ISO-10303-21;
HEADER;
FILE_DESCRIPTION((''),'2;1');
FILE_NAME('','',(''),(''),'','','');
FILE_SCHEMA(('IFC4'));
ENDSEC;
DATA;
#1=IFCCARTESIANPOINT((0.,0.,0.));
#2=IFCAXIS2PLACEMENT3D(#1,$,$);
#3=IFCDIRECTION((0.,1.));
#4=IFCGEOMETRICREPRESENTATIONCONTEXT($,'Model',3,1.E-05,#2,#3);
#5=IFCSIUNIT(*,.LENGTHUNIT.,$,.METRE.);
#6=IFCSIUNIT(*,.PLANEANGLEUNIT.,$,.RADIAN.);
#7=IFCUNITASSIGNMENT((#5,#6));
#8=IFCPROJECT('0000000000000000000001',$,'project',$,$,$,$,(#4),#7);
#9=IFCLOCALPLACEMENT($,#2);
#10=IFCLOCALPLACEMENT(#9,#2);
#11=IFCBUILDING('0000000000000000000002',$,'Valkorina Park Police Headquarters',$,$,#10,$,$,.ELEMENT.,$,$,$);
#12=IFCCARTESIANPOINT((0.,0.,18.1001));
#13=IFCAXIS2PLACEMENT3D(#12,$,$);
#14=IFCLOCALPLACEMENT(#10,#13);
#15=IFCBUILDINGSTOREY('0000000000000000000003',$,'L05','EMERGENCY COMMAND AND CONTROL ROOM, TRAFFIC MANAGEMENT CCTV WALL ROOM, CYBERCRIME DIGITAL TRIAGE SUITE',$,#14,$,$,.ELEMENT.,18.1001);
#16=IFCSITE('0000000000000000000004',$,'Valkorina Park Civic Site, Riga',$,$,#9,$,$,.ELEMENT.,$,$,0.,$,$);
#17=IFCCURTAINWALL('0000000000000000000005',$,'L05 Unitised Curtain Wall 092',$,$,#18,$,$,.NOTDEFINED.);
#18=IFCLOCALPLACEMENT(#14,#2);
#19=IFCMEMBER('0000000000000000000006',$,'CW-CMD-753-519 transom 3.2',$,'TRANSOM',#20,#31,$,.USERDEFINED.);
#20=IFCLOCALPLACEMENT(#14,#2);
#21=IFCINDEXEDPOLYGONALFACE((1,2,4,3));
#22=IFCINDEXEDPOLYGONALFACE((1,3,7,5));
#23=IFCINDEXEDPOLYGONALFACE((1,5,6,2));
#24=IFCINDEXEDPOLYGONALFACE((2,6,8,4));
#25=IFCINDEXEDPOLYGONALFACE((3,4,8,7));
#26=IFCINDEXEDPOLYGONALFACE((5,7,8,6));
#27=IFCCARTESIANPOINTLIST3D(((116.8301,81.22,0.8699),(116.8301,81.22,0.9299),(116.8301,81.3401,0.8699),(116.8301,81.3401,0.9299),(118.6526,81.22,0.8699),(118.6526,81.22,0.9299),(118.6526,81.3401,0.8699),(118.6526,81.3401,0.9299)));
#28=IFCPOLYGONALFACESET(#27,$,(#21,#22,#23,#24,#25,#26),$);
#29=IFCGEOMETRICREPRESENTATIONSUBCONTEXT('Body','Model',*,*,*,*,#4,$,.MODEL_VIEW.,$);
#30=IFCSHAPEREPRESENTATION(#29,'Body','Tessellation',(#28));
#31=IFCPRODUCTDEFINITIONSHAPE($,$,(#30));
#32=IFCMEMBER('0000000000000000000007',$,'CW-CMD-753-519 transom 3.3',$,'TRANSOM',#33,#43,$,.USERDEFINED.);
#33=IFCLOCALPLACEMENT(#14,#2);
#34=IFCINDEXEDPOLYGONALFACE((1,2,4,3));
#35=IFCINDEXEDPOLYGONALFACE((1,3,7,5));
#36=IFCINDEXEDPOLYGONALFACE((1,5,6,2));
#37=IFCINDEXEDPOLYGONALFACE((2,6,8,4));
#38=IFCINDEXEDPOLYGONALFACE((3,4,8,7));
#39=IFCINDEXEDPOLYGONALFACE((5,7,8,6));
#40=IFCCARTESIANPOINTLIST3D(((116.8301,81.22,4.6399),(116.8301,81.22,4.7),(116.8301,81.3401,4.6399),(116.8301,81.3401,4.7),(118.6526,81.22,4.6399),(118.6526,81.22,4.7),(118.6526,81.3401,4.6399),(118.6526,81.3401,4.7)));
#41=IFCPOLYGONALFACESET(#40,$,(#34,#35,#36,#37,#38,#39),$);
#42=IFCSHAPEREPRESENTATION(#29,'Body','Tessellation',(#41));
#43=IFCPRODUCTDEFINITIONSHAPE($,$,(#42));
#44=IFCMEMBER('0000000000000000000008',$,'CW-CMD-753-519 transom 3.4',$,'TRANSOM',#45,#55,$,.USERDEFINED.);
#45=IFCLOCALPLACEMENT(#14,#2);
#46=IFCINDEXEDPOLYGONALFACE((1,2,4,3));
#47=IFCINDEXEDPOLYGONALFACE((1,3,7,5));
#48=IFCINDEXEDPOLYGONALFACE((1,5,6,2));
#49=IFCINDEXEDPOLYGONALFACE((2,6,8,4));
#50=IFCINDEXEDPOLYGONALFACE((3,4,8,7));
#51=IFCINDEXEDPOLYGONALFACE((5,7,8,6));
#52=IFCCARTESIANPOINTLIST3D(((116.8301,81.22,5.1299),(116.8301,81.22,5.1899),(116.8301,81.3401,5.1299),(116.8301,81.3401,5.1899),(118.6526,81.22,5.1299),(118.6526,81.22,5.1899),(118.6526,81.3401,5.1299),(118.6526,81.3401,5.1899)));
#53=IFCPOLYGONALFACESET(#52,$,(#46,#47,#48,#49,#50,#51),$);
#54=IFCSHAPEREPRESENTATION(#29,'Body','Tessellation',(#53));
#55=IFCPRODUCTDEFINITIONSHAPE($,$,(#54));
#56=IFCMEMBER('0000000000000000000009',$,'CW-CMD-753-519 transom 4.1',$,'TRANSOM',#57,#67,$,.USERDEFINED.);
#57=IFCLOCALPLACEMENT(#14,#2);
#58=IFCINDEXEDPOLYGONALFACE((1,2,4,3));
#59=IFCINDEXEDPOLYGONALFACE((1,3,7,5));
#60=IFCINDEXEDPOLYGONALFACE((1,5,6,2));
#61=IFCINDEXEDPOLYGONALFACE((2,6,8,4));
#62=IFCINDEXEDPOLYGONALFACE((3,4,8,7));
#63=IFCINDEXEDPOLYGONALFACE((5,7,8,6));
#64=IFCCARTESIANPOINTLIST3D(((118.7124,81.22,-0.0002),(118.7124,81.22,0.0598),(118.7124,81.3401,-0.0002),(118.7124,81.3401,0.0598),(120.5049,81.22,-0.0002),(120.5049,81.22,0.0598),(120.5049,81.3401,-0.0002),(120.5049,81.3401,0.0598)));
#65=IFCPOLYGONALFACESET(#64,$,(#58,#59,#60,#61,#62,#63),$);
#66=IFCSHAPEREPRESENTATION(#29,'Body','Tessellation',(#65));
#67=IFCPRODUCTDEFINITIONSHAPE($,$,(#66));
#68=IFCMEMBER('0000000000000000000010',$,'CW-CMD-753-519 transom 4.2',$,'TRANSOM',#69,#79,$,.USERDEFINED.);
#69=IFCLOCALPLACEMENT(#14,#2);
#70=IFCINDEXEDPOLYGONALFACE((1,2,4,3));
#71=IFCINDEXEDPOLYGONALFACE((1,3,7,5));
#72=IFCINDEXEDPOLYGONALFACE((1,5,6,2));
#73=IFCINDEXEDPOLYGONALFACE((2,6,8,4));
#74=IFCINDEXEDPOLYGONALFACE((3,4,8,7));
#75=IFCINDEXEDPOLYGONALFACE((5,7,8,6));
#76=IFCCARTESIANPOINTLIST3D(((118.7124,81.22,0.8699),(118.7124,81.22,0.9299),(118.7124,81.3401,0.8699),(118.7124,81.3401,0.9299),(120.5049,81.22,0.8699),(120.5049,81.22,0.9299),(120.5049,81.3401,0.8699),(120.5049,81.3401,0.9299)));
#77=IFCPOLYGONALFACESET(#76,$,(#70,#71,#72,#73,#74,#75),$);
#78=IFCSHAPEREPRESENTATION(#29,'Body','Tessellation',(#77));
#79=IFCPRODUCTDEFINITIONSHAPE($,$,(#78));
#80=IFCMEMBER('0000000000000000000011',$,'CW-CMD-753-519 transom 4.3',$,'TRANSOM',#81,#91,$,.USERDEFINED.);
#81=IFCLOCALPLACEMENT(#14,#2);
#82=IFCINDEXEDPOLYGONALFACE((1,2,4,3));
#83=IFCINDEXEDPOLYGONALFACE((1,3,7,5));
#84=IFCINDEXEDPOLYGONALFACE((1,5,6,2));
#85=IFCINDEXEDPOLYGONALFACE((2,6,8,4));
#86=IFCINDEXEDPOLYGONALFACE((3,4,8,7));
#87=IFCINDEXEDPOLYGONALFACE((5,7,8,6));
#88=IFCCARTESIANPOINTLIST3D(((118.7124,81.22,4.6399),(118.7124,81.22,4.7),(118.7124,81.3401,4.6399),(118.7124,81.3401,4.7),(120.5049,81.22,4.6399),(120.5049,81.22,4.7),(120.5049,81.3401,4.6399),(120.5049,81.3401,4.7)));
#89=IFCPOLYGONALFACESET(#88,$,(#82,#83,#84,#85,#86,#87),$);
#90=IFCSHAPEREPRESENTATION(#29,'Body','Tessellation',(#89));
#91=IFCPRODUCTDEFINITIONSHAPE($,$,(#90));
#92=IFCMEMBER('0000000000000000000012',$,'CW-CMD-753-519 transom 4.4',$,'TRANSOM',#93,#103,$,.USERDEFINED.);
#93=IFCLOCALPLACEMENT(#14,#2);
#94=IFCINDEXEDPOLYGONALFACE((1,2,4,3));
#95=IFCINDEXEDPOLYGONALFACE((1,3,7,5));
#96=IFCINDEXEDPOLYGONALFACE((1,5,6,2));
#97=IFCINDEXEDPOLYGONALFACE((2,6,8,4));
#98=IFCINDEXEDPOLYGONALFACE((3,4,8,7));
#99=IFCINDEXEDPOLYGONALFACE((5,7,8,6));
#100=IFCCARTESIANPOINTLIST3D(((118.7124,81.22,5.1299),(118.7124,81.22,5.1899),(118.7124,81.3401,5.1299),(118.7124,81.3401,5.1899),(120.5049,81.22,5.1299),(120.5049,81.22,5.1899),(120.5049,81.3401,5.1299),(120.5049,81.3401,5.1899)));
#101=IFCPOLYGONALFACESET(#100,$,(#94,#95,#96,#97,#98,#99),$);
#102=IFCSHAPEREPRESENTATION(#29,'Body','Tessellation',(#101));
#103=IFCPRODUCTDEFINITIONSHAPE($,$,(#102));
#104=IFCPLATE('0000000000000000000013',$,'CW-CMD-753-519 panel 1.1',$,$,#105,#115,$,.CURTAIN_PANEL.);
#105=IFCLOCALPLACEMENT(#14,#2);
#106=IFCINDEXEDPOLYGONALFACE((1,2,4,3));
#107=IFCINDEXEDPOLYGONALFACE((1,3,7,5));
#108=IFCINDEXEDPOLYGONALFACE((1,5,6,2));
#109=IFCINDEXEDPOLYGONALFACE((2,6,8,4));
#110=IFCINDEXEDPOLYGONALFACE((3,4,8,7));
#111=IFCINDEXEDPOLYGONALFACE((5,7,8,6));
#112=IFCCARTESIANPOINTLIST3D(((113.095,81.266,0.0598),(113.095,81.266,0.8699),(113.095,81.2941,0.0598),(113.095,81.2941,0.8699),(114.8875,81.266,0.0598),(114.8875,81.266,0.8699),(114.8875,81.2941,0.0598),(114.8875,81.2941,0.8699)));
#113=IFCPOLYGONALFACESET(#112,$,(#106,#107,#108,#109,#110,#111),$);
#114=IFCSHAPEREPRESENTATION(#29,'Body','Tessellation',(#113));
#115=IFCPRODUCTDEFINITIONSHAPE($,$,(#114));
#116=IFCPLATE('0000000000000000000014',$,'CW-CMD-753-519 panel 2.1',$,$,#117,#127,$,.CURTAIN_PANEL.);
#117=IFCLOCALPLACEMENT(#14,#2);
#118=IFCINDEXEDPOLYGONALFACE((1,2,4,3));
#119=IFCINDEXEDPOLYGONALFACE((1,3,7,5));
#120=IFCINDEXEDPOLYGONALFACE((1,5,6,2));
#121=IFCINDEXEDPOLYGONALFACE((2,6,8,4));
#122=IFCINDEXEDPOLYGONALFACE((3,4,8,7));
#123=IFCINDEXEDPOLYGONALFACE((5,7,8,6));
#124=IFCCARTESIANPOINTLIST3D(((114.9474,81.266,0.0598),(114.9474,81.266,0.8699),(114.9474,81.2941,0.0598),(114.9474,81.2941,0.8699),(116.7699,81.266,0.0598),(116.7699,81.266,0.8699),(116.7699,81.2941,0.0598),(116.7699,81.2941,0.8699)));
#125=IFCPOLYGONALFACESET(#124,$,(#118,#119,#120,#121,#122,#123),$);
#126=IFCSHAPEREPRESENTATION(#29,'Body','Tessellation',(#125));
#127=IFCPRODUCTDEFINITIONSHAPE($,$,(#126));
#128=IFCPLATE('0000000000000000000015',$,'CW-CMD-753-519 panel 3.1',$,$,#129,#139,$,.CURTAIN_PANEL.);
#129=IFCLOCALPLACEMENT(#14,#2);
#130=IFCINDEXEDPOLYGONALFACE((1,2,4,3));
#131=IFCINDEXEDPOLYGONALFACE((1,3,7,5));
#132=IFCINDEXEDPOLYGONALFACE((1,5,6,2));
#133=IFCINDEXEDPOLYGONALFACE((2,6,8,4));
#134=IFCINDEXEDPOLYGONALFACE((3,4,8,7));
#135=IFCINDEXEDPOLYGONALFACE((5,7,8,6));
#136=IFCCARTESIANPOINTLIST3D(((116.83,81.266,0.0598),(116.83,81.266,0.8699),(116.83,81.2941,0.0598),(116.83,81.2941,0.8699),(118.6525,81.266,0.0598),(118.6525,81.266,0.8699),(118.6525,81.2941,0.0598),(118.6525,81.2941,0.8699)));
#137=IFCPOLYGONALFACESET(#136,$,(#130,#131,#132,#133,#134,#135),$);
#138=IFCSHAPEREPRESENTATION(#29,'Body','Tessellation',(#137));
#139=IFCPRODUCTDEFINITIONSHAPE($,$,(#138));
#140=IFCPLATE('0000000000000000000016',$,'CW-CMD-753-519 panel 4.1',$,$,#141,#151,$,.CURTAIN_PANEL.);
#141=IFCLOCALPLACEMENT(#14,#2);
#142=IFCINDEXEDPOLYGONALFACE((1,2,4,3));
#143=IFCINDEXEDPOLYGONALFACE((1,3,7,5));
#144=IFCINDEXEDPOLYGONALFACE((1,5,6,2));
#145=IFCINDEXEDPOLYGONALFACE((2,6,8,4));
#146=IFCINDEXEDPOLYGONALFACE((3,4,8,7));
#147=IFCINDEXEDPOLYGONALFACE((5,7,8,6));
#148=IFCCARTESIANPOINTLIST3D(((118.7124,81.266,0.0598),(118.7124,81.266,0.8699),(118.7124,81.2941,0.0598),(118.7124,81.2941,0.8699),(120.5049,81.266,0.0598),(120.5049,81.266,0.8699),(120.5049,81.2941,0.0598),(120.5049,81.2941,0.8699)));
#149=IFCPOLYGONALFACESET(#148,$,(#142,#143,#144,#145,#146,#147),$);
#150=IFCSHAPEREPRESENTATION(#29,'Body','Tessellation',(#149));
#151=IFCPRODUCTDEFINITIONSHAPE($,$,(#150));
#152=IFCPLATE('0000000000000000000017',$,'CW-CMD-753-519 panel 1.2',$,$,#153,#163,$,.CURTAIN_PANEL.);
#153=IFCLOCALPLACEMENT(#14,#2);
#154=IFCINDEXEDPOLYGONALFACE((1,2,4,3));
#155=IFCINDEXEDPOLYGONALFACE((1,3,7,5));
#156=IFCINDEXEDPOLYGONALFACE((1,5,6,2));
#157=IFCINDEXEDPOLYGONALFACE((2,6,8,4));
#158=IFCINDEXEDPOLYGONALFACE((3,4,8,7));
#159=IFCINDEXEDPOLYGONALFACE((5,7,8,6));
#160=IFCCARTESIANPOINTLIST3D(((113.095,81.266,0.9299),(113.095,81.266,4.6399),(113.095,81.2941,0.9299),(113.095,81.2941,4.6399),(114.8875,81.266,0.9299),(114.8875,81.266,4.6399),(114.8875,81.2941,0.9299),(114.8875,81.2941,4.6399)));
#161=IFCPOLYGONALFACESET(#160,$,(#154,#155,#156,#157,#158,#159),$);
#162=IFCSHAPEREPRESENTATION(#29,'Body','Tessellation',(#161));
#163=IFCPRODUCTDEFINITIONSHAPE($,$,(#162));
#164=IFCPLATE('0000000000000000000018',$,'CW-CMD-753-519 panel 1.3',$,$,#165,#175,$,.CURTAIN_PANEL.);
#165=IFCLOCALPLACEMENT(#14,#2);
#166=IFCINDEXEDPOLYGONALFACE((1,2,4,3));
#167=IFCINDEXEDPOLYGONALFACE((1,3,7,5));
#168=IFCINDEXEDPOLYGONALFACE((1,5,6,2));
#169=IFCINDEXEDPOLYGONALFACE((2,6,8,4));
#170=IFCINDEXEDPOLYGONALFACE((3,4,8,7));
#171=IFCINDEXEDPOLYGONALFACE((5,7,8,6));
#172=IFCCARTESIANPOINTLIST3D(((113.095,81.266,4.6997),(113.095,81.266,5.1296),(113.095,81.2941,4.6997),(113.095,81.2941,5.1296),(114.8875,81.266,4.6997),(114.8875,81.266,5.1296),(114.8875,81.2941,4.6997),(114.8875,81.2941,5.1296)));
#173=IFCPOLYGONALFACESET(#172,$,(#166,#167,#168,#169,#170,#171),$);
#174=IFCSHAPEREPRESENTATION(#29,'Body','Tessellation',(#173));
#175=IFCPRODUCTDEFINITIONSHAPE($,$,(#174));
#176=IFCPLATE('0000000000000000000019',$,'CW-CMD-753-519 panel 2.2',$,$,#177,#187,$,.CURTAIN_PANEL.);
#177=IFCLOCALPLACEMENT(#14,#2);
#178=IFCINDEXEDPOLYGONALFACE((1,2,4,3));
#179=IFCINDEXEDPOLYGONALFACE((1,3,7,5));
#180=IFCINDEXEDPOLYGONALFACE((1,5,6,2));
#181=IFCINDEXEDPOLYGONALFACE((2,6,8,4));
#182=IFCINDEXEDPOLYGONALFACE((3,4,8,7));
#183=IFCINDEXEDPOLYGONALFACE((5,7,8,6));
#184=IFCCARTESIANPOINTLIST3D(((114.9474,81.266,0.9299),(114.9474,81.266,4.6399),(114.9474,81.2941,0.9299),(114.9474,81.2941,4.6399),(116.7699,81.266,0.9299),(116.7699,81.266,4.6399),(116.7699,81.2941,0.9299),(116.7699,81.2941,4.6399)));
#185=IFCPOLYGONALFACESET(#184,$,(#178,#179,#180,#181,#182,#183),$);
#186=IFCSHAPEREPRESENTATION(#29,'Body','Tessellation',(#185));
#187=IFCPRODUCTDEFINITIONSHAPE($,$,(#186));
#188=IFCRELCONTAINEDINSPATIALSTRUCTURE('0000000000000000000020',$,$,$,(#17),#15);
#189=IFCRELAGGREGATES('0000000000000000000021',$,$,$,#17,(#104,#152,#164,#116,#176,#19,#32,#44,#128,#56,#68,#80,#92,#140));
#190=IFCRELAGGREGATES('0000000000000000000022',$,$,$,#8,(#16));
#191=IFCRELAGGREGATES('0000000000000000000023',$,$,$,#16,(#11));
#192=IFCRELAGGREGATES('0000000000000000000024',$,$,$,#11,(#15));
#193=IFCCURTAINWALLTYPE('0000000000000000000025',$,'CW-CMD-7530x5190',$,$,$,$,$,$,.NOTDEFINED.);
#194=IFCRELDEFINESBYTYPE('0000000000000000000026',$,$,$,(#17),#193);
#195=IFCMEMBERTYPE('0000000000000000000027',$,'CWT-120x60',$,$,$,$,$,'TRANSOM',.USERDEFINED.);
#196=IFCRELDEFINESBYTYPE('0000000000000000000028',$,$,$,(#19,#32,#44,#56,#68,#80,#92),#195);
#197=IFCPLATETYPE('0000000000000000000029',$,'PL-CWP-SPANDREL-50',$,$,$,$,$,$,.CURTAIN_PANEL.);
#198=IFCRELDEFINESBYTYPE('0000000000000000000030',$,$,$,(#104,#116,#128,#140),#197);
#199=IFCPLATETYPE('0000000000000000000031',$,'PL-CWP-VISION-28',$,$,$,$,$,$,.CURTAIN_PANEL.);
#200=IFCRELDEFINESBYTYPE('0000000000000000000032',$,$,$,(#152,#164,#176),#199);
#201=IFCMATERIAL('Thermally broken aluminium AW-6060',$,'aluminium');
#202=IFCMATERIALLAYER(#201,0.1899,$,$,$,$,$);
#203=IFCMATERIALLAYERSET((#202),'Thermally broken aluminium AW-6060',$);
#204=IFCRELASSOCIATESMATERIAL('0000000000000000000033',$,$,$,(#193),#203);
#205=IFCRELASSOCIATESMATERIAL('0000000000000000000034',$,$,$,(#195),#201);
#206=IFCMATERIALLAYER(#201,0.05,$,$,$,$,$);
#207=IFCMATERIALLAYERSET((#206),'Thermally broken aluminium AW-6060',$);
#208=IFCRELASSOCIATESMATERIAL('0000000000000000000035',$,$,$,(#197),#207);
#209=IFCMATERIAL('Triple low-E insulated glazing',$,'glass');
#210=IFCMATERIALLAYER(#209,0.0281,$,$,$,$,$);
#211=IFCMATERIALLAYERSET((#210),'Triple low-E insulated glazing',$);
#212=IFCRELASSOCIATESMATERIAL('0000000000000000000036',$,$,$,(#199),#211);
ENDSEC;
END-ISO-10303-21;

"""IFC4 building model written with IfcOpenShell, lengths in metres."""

from ifc_helpers import new_model, si_unit, direction, frame, origin, origin_2d, place, context, subcontext, project, spatial, rectangle, extrude, material, layer, layer_set, material_profile, profile_set, type_object, element, aggregate, save


model = new_model("IFC4")

# Units and contexts
model_context = context("Model", 3, precision=1e-05, world=origin(), true_north=direction((0.0, 1.0)))
body_context = subcontext(model_context, "Body", "Model", "MODEL_VIEW")
ifc_project = project(units=[si_unit("LENGTHUNIT", "METRE"), si_unit("PLANEANGLEUNIT", "RADIAN")], contexts=[model_context])

# Site, building, storey
site_placement = place(None, origin())
site = spatial("IfcSite", under=ifc_project, at=site_placement, Name="Valkorina Park Civic Site, Riga", CompositionType="ELEMENT", RefElevation=0.0)
building_placement = place(site_placement, origin())
building = spatial("IfcBuilding", under=site, at=building_placement, Name="Valkorina Park Police Headquarters", CompositionType="ELEMENT")
storey_placement = place(building_placement, frame((0.0, 0.0, 18.1001)))
storey = spatial("IfcBuildingStorey", under=building, at=storey_placement, Name="L05", Description="EMERGENCY COMMAND AND CONTROL ROOM, TRAFFIC MANAGEMENT CCTV WALL ROOM, CYBERCRIME DIGITAL TRIAGE SUITE", CompositionType="ELEMENT", Elevation=18.1001)

# Curtain wall, members, plates
ifc_material_1 = material(Name="Thermally broken aluminium AW-6060", Category="aluminium")
ifc_layer_1 = layer(ifc_material_1, 0.1899)
ifc_layer_set_1 = layer_set([ifc_layer_1], Name="Thermally broken aluminium AW-6060")
curtain_wall_type = type_object("IfcCurtainWallType", Name="CW-CMD-7530x5190", PredefinedType="NOTDEFINED", material=ifc_layer_set_1)
curtain_wall_placement = place(storey_placement, origin())
curtain_wall = element("IfcCurtainWall", 1, at=curtain_wall_placement, inside=storey, type_object=curtain_wall_type, Name="L05 Unitised Curtain Wall 092", PredefinedType="NOTDEFINED")
ifc_material_profile_1 = material_profile(ifc_material_1, rectangle(XDim=0.1201, YDim=0.0601, at=origin_2d()), Name="CWT-01 120x60")
ifc_profile_set_1 = profile_set([ifc_material_profile_1], Name="Thermally broken aluminium AW-6060")
member_type_1 = type_object("IfcMemberType", Name="CWT-120x60", ElementType="TRANSOM", PredefinedType="USERDEFINED", material=ifc_profile_set_1)
member_1_placement = place(storey_placement, frame((116.8301, 81.28, 0.8999), z_axis=(1.0, 0.0, 0.0), x_axis=(0.0, 1.0, 0.0)))
member_1 = element("IfcMember", 2, at=member_1_placement, type_object=member_type_1, Name="CW-CMD-753-519 transom 3.2", ObjectType="TRANSOM", PredefinedType="USERDEFINED", context=body_context, shape_type="SweptSolid", body=[
    extrude(rectangle(XDim=0.1201, YDim=0.0601, at=origin_2d()), origin(), (0.0, 0.0, 1.0), 1.8225),
])
member_2_placement = place(storey_placement, frame((116.8301, 81.28, 4.6699), z_axis=(1.0, 0.0, 0.0), x_axis=(0.0, 1.0, 0.0)))
member_2 = element("IfcMember", 3, at=member_2_placement, type_object=member_type_1, Name="CW-CMD-753-519 transom 3.3", ObjectType="TRANSOM", PredefinedType="USERDEFINED", context=body_context, shape_type="SweptSolid", body=[
    extrude(rectangle(XDim=0.1201, YDim=0.0601, at=origin_2d()), origin(), (0.0, 0.0, 1.0), 1.8225),
])
member_3_placement = place(storey_placement, frame((116.8301, 81.28, 5.1599), z_axis=(1.0, 0.0, 0.0), x_axis=(0.0, 1.0, 0.0)))
member_3 = element("IfcMember", 4, at=member_3_placement, type_object=member_type_1, Name="CW-CMD-753-519 transom 3.4", ObjectType="TRANSOM", PredefinedType="USERDEFINED", context=body_context, shape_type="SweptSolid", body=[
    extrude(rectangle(XDim=0.1201, YDim=0.0601, at=origin_2d()), origin(), (0.0, 0.0, 1.0), 1.8225),
])
member_4_placement = place(storey_placement, frame((118.7124, 81.28, 0.0298), z_axis=(1.0, 0.0, 0.0), x_axis=(0.0, 1.0, 0.0)))
member_4 = element("IfcMember", 5, at=member_4_placement, type_object=member_type_1, Name="CW-CMD-753-519 transom 4.1", ObjectType="TRANSOM", PredefinedType="USERDEFINED", context=body_context, shape_type="SweptSolid", body=[
    extrude(rectangle(XDim=0.1201, YDim=0.0601, at=origin_2d()), origin(), (0.0, 0.0, 1.0), 1.7925),
])
member_5_placement = place(storey_placement, frame((118.7124, 81.28, 0.8999), z_axis=(1.0, 0.0, 0.0), x_axis=(0.0, 1.0, 0.0)))
member_5 = element("IfcMember", 6, at=member_5_placement, type_object=member_type_1, Name="CW-CMD-753-519 transom 4.2", ObjectType="TRANSOM", PredefinedType="USERDEFINED", context=body_context, shape_type="SweptSolid", body=[
    extrude(rectangle(XDim=0.1201, YDim=0.0601, at=origin_2d()), origin(), (0.0, 0.0, 1.0), 1.7925),
])
member_6_placement = place(storey_placement, frame((118.7124, 81.28, 4.6699), z_axis=(1.0, 0.0, 0.0), x_axis=(0.0, 1.0, 0.0)))
member_6 = element("IfcMember", 7, at=member_6_placement, type_object=member_type_1, Name="CW-CMD-753-519 transom 4.3", ObjectType="TRANSOM", PredefinedType="USERDEFINED", context=body_context, shape_type="SweptSolid", body=[
    extrude(rectangle(XDim=0.1201, YDim=0.0601, at=origin_2d()), origin(), (0.0, 0.0, 1.0), 1.7925),
])
member_7_placement = place(storey_placement, frame((118.7124, 81.28, 5.1599), z_axis=(1.0, 0.0, 0.0), x_axis=(0.0, 1.0, 0.0)))
member_7 = element("IfcMember", 8, at=member_7_placement, type_object=member_type_1, Name="CW-CMD-753-519 transom 4.4", ObjectType="TRANSOM", PredefinedType="USERDEFINED", context=body_context, shape_type="SweptSolid", body=[
    extrude(rectangle(XDim=0.1201, YDim=0.0601, at=origin_2d()), origin(), (0.0, 0.0, 1.0), 1.7925),
])
ifc_layer_2 = layer(ifc_material_1, 0.05)
ifc_layer_set_2 = layer_set([ifc_layer_2], Name="Thermally broken aluminium AW-6060")
plate_type_1 = type_object("IfcPlateType", Name="PL-CWP-SPANDREL-50", PredefinedType="CURTAIN_PANEL", material=ifc_layer_set_2)
plate_1_placement = place(storey_placement, frame((113.9912, 81.28, 0.0598), z_axis=(0.0, 0.0, 1.0), x_axis=(1.0, 0.0, 0.0)))
plate_1 = element("IfcPlate", 9, at=plate_1_placement, type_object=plate_type_1, Name="CW-CMD-753-519 panel 1.1", PredefinedType="CURTAIN_PANEL", context=body_context, shape_type="SweptSolid", body=[
    extrude(rectangle(XDim=1.7925, YDim=0.0281, at=origin_2d()), origin(), (0.0, 0.0, 1.0), 0.8101),
])
plate_2_placement = place(storey_placement, frame((115.8586, 81.28, 0.0598), z_axis=(0.0, 0.0, 1.0), x_axis=(1.0, 0.0, 0.0)))
plate_2 = element("IfcPlate", 10, at=plate_2_placement, type_object=plate_type_1, Name="CW-CMD-753-519 panel 2.1", PredefinedType="CURTAIN_PANEL", context=body_context, shape_type="SweptSolid", body=[
    extrude(rectangle(XDim=1.8225, YDim=0.0281, at=origin_2d()), origin(), (0.0, 0.0, 1.0), 0.8101),
])
plate_3_placement = place(storey_placement, frame((117.7412, 81.28, 0.0598), z_axis=(0.0, 0.0, 1.0), x_axis=(1.0, 0.0, 0.0)))
plate_3 = element("IfcPlate", 11, at=plate_3_placement, type_object=plate_type_1, Name="CW-CMD-753-519 panel 3.1", PredefinedType="CURTAIN_PANEL", context=body_context, shape_type="SweptSolid", body=[
    extrude(rectangle(XDim=1.8225, YDim=0.0281, at=origin_2d()), origin(), (0.0, 0.0, 1.0), 0.8101),
])
plate_4_placement = place(storey_placement, frame((119.6086, 81.28, 0.0598), z_axis=(0.0, 0.0, 1.0), x_axis=(1.0, 0.0, 0.0)))
plate_4 = element("IfcPlate", 12, at=plate_4_placement, type_object=plate_type_1, Name="CW-CMD-753-519 panel 4.1", PredefinedType="CURTAIN_PANEL", context=body_context, shape_type="SweptSolid", body=[
    extrude(rectangle(XDim=1.7925, YDim=0.0281, at=origin_2d()), origin(), (0.0, 0.0, 1.0), 0.8101),
])
ifc_material_2 = material(Name="Triple low-E insulated glazing", Category="glass")
ifc_layer_3 = layer(ifc_material_2, 0.0281)
ifc_layer_set_3 = layer_set([ifc_layer_3], Name="Triple low-E insulated glazing")
plate_type_2 = type_object("IfcPlateType", Name="PL-CWP-VISION-28", PredefinedType="CURTAIN_PANEL", material=ifc_layer_set_3)
plate_5_placement = place(storey_placement, frame((113.9912, 81.28, 0.9299), z_axis=(0.0, 0.0, 1.0), x_axis=(1.0, 0.0, 0.0)))
plate_5 = element("IfcPlate", 13, at=plate_5_placement, type_object=plate_type_2, Name="CW-CMD-753-519 panel 1.2", PredefinedType="CURTAIN_PANEL", context=body_context, shape_type="SweptSolid", body=[
    extrude(rectangle(XDim=1.7925, YDim=0.0281, at=origin_2d()), origin(), (0.0, 0.0, 1.0), 3.71),
])
plate_6_placement = place(storey_placement, frame((113.9912, 81.28, 4.6997), z_axis=(0.0, 0.0, 1.0), x_axis=(1.0, 0.0, 0.0)))
plate_6 = element("IfcPlate", 14, at=plate_6_placement, type_object=plate_type_2, Name="CW-CMD-753-519 panel 1.3", PredefinedType="CURTAIN_PANEL", context=body_context, shape_type="SweptSolid", body=[
    extrude(rectangle(XDim=1.7925, YDim=0.0281, at=origin_2d()), origin(), (0.0, 0.0, 1.0), 0.4299),
])
plate_7_placement = place(storey_placement, frame((115.8586, 81.28, 0.9299), z_axis=(0.0, 0.0, 1.0), x_axis=(1.0, 0.0, 0.0)))
plate_7 = element("IfcPlate", 15, at=plate_7_placement, type_object=plate_type_2, Name="CW-CMD-753-519 panel 2.2", PredefinedType="CURTAIN_PANEL", context=body_context, shape_type="SweptSolid", body=[
    extrude(rectangle(XDim=1.8225, YDim=0.0281, at=origin_2d()), origin(), (0.0, 0.0, 1.0), 3.71),
])
aggregate(curtain_wall, [plate_1, plate_5, plate_6, plate_2, plate_7, member_1, member_2, member_3, plate_3, member_4, member_5, member_6, member_7, plate_4])

save(model, "model.ifc")
